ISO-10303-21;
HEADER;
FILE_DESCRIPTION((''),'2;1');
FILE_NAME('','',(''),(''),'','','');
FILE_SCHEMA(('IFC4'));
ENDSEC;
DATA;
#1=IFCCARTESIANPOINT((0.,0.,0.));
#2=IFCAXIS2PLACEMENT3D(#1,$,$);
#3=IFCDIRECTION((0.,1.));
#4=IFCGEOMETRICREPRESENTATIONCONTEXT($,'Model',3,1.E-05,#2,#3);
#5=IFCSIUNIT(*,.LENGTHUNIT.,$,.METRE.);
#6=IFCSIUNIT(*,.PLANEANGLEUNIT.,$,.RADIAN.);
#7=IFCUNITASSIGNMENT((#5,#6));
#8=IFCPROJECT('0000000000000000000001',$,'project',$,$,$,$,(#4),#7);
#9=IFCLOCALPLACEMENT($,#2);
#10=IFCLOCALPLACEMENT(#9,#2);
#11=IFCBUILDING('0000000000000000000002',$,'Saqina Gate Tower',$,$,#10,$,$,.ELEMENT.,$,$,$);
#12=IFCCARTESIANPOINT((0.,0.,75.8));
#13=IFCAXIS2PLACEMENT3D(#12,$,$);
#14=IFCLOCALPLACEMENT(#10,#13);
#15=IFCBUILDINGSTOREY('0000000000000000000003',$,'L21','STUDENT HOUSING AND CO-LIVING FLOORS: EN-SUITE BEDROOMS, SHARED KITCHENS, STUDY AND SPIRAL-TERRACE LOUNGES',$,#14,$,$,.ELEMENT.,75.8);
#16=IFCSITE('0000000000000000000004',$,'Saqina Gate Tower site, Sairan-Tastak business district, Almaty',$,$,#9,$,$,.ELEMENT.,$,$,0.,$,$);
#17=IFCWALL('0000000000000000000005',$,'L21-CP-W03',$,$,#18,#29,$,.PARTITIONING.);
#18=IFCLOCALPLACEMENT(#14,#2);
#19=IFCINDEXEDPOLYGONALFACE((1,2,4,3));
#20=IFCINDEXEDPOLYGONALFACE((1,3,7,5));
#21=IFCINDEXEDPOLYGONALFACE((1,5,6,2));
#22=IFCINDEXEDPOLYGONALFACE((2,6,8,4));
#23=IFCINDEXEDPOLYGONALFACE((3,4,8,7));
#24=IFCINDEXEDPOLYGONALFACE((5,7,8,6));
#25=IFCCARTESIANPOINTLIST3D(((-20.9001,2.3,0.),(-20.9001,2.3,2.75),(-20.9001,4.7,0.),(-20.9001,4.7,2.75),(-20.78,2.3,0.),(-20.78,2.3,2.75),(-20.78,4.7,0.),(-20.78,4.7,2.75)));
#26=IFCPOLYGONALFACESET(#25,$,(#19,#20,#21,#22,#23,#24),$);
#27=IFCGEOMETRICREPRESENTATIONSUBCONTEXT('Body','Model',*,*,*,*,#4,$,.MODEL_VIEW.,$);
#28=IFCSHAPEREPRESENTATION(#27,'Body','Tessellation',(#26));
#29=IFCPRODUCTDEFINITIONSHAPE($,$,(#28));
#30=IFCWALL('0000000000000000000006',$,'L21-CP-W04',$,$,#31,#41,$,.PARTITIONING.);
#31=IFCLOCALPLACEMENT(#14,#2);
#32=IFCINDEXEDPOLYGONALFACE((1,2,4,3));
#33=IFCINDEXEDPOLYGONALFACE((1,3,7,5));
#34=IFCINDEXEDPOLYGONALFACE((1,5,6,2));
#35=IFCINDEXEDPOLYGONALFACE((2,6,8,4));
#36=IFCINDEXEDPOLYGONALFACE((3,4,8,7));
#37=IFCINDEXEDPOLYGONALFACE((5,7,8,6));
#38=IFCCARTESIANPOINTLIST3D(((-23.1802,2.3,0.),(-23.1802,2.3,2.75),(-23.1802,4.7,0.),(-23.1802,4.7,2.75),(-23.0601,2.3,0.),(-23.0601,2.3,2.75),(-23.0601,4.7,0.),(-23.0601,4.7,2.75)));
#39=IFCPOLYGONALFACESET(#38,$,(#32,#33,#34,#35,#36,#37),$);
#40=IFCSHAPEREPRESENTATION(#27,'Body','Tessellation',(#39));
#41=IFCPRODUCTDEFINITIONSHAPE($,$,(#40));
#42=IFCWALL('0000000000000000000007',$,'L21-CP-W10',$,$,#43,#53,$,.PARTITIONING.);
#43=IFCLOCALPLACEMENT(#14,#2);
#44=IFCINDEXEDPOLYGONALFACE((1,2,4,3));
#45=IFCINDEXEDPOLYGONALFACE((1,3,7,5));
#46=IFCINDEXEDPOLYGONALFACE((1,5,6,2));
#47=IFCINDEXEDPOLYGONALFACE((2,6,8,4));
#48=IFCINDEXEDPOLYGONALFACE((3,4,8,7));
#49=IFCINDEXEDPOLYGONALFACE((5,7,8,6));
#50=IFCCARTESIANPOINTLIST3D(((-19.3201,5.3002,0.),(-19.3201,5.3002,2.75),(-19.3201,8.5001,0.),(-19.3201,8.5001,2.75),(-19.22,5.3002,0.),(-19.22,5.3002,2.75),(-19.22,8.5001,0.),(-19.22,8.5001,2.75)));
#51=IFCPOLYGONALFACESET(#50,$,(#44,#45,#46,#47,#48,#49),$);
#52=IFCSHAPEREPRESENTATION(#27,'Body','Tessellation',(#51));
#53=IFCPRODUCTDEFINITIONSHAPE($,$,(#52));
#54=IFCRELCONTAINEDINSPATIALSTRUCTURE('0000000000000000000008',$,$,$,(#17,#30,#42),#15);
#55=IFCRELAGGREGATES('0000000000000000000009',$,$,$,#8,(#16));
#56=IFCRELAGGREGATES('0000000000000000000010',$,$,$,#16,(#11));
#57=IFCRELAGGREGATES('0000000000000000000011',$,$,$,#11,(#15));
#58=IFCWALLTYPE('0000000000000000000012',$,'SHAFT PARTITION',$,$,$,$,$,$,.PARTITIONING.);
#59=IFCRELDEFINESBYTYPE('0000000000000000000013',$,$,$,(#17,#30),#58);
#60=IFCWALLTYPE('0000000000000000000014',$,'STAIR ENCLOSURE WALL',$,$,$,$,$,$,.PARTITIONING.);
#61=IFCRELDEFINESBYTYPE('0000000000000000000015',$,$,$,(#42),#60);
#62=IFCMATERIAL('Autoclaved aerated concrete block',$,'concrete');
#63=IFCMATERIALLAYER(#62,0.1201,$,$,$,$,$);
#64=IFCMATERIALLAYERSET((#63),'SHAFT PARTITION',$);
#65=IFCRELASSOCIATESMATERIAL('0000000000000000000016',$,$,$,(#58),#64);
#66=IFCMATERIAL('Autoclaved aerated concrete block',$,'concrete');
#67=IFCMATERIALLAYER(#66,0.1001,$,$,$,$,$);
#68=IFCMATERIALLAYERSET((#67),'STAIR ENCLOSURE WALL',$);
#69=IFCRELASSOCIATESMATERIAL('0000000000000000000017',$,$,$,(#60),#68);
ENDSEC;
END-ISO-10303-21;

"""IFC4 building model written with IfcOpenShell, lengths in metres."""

from ifc_helpers import new_model, si_unit, direction, frame, frame_2d, origin, place, context, subcontext, project, spatial, rectangle, extrude, material, layer, layer_set, type_object, element, save


model = new_model("IFC4")

# Units and contexts
model_context = context("Model", 3, precision=1e-05, world=origin(), true_north=direction((0.0, 1.0)))
body_context = subcontext(model_context, "Body", "Model", "MODEL_VIEW")
ifc_project = project(units=[si_unit("LENGTHUNIT", "METRE"), si_unit("PLANEANGLEUNIT", "RADIAN")], contexts=[model_context])

# Site, building, storey
site_placement = place(None, origin())
site = spatial("IfcSite", under=ifc_project, at=site_placement, Name="Saqina Gate Tower site, Sairan-Tastak business district, Almaty", CompositionType="ELEMENT", RefElevation=0.0)
building_placement = place(site_placement, origin())
building = spatial("IfcBuilding", under=site, at=building_placement, Name="Saqina Gate Tower", CompositionType="ELEMENT")
storey_placement = place(building_placement, frame((0.0, 0.0, 75.8)))
storey = spatial("IfcBuildingStorey", under=building, at=storey_placement, Name="L21", Description="STUDENT HOUSING AND CO-LIVING FLOORS: EN-SUITE BEDROOMS, SHARED KITCHENS, STUDY AND SPIRAL-TERRACE LOUNGES", CompositionType="ELEMENT", Elevation=75.8)

# Walls
ifc_material_1 = material(Name="Autoclaved aerated concrete block", Category="concrete")
ifc_layer_1 = layer(ifc_material_1, 0.1201)
ifc_layer_set_1 = layer_set([ifc_layer_1], Name="SHAFT PARTITION")
wall_type_1 = type_object("IfcWallType", Name="SHAFT PARTITION", PredefinedType="PARTITIONING", material=ifc_layer_set_1)
for number, where, z_axis, x_axis, name in (
    (1, (-20.8401, 2.3, 0.0), (0.0, 0.0, 1.0), (0.0, 1.0, 0.0), "L21-CP-W03"),
    (2, (-23.1201, 2.3, 0.0), (0.0, 0.0, 1.0), (0.0, 1.0, 0.0), "L21-CP-W04"),
):
    element("IfcWall", number, at=place(storey_placement, frame(where, z_axis=z_axis, x_axis=x_axis)), inside=storey, type_object=wall_type_1, Name=name, PredefinedType="PARTITIONING", context=body_context, shape_type="SweptSolid", body=[
        extrude(rectangle(XDim=2.3999, YDim=0.1201, at=frame_2d((1.2, 0.0))), origin(), (0.0, 0.0, 1.0), 2.75),
    ])
ifc_material_2 = material(Name="Autoclaved aerated concrete block", Category="concrete")
ifc_layer_2 = layer(ifc_material_2, 0.1001)
ifc_layer_set_2 = layer_set([ifc_layer_2], Name="STAIR ENCLOSURE WALL")
wall_type_2 = type_object("IfcWallType", Name="STAIR ENCLOSURE WALL", PredefinedType="PARTITIONING", material=ifc_layer_set_2)
wall_1_placement = place(storey_placement, frame((-19.27, 5.3, 0.0), z_axis=(0.0, 0.0, 1.0), x_axis=(0.0, 1.0, 0.0)))
element("IfcWall", 3, at=wall_1_placement, inside=storey, type_object=wall_type_2, Name="L21-CP-W10", PredefinedType="PARTITIONING", context=body_context, shape_type="SweptSolid", body=[
    extrude(rectangle(XDim=3.2, YDim=0.1001, at=frame_2d((1.6001, 0.0))), origin(), (0.0, 0.0, 1.0), 2.75),
])

save(model, "model.ifc")
